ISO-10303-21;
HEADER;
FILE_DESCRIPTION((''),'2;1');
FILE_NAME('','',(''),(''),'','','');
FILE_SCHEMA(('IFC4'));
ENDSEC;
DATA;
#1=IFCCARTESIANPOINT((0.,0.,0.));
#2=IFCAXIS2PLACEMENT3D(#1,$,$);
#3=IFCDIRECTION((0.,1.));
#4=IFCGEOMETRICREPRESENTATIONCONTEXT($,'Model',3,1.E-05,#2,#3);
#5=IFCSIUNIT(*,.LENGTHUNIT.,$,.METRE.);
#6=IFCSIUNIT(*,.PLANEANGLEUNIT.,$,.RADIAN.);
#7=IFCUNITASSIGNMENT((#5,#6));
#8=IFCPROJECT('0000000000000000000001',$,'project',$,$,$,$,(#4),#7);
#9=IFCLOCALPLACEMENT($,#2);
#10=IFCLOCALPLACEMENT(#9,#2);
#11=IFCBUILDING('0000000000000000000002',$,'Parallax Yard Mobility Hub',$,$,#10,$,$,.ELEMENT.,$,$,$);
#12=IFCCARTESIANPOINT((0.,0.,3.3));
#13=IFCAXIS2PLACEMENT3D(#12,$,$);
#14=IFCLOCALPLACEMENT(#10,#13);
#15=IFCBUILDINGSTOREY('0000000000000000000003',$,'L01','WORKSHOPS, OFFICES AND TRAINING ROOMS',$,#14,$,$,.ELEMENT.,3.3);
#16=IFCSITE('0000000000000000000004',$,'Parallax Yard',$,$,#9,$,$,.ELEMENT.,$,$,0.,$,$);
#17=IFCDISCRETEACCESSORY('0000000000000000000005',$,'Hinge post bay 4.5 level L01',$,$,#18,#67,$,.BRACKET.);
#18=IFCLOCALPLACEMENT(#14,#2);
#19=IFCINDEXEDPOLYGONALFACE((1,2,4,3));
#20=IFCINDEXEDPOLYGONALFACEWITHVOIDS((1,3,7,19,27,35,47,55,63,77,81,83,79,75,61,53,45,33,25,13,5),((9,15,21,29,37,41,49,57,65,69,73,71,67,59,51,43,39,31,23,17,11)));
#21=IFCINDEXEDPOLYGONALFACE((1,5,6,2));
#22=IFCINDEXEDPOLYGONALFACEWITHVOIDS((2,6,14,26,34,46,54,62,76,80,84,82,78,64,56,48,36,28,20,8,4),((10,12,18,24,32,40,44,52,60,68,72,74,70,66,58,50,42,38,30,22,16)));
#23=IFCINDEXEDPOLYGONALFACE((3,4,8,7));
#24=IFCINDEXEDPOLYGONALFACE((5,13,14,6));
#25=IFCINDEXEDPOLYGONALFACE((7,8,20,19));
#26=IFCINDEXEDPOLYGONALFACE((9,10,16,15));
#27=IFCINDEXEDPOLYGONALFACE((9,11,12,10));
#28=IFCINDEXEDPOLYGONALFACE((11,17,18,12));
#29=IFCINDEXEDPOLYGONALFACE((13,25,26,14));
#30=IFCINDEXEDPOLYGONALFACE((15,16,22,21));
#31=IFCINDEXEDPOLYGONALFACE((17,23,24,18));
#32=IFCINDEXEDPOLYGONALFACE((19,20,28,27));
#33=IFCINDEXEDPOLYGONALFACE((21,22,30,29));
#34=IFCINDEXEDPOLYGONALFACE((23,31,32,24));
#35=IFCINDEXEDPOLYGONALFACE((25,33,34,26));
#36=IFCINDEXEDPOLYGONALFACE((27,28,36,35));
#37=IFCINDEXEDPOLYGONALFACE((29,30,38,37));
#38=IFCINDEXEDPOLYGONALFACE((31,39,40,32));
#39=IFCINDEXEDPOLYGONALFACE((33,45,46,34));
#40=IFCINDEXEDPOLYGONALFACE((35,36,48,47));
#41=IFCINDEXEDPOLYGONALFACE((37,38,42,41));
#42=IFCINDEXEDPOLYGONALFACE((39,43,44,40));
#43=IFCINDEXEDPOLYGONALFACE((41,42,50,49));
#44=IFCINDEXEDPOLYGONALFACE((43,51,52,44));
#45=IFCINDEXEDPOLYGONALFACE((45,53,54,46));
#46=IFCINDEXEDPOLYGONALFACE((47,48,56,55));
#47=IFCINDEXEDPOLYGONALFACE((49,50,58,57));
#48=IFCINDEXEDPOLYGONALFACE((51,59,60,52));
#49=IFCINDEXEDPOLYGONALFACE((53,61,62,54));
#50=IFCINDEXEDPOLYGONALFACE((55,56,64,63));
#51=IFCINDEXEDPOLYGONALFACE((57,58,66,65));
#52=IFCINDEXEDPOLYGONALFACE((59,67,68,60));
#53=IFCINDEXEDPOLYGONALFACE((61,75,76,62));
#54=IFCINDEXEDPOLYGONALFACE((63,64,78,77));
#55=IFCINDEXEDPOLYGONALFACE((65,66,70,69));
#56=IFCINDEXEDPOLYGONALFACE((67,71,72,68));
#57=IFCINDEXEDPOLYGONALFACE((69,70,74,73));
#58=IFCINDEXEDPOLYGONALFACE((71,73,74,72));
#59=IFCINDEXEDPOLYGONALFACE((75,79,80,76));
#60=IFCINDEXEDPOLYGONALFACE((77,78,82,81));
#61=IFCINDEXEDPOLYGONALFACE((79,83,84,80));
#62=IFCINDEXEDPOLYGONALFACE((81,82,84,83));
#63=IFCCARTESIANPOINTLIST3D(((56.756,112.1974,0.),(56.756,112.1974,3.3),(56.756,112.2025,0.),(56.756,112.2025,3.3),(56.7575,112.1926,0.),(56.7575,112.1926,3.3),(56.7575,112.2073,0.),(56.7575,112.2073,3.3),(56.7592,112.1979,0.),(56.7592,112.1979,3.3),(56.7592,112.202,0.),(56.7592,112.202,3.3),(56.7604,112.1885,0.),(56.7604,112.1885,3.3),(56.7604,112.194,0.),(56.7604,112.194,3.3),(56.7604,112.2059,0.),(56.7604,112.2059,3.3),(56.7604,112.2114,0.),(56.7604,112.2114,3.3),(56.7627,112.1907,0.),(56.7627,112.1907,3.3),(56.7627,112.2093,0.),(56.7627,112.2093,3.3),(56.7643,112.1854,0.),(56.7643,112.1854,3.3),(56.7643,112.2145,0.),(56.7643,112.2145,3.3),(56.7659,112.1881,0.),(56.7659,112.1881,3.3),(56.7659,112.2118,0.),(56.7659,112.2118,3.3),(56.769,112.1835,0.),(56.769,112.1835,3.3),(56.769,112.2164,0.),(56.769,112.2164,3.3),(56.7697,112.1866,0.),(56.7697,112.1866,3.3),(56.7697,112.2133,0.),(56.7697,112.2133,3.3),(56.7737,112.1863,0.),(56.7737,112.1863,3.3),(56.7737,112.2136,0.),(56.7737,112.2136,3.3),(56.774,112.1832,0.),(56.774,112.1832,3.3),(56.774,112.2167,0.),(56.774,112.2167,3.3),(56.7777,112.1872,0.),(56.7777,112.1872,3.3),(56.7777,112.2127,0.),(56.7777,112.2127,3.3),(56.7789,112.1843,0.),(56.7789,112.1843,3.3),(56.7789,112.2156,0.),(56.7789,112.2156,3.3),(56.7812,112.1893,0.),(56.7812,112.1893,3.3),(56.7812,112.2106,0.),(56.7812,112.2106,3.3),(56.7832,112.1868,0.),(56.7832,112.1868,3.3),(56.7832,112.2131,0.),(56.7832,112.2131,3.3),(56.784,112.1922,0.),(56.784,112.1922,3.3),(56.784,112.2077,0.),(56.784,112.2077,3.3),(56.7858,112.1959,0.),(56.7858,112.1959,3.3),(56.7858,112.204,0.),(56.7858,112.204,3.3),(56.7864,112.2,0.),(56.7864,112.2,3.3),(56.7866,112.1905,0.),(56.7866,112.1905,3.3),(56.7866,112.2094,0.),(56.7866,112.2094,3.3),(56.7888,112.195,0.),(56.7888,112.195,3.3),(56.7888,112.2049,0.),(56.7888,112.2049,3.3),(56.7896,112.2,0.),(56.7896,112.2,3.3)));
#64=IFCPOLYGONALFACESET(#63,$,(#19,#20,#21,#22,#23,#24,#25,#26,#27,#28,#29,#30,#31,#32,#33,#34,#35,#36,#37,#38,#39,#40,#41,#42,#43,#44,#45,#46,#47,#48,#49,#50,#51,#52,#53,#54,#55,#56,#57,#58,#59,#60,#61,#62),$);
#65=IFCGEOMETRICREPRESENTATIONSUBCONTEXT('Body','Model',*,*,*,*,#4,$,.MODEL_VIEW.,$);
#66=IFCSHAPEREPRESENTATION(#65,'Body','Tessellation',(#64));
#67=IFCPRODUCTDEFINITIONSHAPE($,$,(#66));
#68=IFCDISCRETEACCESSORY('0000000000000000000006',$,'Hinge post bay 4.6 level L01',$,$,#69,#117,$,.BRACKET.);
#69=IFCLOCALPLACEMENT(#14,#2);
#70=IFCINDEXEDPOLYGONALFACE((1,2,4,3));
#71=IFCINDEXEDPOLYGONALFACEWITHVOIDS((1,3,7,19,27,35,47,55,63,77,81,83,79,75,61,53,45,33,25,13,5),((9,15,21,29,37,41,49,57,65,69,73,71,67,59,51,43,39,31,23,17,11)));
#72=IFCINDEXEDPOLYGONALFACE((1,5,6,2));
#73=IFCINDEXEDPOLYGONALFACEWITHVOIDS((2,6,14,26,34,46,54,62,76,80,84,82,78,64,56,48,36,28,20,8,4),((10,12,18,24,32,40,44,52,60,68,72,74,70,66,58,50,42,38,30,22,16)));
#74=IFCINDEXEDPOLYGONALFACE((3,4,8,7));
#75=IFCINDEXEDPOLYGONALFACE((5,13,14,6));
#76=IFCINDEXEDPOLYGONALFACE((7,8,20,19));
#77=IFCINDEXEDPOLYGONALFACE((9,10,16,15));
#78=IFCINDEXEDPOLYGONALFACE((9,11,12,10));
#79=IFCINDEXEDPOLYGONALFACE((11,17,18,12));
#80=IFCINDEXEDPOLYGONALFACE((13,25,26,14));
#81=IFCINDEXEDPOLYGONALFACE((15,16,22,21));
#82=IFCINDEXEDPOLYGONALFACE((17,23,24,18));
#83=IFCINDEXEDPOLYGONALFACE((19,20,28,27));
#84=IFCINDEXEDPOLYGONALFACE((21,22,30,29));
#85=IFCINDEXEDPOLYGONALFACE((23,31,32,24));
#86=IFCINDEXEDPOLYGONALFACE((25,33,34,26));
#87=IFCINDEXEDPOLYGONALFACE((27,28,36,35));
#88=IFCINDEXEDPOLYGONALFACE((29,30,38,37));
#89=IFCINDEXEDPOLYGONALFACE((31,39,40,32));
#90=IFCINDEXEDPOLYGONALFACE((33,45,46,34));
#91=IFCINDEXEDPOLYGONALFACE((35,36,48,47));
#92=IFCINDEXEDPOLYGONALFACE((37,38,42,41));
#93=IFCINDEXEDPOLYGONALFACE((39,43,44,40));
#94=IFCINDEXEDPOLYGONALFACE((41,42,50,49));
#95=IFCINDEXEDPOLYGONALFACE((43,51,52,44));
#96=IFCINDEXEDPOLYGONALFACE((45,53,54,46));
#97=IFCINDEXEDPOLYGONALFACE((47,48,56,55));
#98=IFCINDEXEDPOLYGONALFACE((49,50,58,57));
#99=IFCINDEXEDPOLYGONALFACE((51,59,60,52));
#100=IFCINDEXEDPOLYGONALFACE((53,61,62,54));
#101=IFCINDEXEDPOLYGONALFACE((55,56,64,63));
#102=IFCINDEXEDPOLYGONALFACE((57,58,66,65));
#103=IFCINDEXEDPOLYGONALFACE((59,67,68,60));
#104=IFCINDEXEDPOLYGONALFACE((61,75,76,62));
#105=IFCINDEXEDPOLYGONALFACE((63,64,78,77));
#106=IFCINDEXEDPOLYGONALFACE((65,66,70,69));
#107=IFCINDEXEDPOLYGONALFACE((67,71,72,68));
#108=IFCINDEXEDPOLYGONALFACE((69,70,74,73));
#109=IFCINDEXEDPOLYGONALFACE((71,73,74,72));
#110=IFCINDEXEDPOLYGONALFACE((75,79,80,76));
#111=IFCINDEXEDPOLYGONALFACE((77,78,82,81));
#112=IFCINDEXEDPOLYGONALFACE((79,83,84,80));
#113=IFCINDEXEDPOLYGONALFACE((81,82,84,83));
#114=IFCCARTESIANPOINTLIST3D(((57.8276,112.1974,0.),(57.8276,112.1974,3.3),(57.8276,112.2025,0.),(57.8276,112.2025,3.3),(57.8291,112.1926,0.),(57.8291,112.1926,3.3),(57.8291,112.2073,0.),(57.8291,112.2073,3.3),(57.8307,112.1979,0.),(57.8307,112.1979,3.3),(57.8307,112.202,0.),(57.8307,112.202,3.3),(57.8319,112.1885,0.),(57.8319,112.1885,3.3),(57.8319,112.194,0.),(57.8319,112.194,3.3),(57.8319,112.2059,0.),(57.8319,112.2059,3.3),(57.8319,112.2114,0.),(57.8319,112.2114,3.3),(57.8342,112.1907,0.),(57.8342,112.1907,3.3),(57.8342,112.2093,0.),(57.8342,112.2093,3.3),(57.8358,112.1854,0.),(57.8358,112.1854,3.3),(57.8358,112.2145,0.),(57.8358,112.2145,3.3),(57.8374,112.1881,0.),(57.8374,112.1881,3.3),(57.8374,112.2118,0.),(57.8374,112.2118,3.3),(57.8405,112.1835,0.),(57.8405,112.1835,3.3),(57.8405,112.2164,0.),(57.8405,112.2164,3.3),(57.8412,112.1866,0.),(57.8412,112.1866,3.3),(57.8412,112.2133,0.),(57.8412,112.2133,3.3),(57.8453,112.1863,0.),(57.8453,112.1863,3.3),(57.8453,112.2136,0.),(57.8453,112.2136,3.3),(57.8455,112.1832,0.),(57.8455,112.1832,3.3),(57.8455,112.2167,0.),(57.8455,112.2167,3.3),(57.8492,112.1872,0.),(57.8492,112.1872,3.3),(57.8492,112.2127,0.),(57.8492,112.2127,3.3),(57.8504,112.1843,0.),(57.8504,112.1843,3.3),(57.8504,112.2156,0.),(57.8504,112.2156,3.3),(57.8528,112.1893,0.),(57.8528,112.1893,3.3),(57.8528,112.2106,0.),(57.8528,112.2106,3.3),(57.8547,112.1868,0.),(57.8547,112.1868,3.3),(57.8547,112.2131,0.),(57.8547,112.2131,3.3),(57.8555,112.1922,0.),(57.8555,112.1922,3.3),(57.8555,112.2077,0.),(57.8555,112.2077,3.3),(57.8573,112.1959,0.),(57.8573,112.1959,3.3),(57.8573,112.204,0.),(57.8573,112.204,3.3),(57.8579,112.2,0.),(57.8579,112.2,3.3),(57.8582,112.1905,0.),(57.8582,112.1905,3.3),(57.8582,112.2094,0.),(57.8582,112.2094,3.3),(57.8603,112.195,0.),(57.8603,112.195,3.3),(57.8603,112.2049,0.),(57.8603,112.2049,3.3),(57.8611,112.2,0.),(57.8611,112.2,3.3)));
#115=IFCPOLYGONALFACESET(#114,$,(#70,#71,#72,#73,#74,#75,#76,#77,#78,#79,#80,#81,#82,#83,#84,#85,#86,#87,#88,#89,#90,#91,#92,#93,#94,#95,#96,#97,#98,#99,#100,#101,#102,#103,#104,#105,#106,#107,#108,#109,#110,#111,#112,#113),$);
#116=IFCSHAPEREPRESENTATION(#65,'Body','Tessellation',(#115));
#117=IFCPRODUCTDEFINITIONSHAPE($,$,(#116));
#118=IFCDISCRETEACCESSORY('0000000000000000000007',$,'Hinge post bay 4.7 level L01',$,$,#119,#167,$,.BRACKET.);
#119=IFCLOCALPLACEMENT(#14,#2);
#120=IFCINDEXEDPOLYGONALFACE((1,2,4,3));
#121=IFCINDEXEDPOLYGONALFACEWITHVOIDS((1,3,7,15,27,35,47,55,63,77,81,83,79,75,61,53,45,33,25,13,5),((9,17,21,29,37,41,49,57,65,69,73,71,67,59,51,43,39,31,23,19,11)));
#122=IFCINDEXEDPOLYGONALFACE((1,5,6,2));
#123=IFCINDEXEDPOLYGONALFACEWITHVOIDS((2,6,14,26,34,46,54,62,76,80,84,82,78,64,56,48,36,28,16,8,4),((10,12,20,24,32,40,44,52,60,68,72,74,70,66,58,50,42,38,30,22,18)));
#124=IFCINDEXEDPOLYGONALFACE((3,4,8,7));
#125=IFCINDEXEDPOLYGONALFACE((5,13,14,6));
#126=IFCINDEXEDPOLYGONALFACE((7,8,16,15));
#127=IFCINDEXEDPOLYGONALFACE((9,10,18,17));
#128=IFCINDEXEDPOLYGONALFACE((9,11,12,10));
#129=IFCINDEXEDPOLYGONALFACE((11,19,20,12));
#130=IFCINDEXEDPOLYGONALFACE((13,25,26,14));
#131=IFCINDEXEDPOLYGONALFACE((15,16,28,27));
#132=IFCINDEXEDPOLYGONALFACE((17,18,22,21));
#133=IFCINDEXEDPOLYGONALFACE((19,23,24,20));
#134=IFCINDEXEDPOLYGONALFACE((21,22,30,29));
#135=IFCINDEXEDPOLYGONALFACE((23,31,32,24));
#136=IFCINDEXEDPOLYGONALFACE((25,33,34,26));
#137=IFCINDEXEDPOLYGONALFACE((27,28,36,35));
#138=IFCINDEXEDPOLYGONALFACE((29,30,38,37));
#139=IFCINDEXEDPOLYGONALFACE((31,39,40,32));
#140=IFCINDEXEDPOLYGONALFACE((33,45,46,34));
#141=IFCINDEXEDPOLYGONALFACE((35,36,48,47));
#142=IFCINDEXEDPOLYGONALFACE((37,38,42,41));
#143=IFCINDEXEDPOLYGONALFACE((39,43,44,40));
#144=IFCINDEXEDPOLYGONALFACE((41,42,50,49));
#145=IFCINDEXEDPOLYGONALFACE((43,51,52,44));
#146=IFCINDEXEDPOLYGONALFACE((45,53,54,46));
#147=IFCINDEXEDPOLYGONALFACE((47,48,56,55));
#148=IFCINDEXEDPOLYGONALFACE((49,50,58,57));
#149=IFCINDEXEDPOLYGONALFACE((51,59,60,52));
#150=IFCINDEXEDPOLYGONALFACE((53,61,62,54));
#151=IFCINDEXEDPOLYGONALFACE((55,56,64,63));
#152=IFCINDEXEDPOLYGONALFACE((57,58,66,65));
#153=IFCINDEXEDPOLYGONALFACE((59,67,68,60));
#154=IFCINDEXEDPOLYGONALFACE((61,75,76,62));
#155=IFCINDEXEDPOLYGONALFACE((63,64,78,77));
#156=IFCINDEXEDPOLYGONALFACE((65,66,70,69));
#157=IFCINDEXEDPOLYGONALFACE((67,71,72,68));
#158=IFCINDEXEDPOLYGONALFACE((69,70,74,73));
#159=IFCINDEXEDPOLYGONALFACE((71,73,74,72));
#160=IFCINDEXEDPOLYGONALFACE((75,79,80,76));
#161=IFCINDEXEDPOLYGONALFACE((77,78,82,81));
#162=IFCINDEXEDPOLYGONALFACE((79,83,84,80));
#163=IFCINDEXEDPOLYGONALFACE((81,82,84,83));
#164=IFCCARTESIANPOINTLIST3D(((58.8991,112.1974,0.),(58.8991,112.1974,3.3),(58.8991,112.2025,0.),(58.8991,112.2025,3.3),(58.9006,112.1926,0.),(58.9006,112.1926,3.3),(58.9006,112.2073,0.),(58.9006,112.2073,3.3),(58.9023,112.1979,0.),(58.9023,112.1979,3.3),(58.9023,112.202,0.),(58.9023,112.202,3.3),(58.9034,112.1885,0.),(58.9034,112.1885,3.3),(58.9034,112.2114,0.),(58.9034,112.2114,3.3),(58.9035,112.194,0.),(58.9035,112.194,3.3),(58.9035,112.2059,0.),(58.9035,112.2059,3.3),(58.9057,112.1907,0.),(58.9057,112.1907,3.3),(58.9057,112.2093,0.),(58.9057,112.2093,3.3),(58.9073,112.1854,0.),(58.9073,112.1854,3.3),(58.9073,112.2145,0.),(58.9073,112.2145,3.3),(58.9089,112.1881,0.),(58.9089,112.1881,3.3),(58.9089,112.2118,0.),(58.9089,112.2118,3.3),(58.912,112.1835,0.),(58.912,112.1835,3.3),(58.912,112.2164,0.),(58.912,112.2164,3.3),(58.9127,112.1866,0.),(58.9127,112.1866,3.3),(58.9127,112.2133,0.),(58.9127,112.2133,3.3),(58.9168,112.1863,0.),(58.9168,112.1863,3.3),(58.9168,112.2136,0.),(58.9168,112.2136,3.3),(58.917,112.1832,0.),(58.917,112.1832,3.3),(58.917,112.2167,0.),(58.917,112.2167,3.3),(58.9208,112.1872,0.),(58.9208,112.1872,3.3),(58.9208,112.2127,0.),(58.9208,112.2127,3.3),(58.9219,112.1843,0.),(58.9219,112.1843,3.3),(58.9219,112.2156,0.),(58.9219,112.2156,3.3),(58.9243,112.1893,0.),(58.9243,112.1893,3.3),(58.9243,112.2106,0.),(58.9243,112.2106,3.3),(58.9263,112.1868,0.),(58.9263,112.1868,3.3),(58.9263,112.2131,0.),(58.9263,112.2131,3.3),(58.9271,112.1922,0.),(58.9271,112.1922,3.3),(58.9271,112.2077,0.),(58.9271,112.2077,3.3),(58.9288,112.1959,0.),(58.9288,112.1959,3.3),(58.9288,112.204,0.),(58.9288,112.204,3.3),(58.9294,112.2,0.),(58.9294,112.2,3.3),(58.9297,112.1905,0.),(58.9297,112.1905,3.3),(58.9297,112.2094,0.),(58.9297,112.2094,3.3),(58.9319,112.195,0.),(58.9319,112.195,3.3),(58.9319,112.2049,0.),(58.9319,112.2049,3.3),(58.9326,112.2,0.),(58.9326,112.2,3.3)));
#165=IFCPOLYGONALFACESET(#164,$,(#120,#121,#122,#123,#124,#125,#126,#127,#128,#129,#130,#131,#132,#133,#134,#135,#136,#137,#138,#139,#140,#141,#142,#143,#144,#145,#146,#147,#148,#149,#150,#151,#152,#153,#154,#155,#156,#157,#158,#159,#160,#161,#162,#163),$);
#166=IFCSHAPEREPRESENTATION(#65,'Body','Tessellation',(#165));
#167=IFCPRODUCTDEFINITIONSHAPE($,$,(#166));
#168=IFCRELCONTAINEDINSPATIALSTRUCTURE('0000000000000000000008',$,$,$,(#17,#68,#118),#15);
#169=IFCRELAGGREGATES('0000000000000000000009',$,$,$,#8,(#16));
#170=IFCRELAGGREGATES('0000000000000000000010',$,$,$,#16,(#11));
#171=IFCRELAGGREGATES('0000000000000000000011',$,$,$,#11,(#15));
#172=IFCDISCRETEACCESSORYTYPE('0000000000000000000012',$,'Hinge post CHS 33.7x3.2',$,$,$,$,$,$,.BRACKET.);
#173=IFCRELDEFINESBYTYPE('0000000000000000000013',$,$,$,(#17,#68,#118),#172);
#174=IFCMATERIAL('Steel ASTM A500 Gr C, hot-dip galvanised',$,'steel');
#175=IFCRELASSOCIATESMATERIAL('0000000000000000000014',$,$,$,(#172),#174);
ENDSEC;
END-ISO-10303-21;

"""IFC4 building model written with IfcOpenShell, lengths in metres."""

from ifc_helpers import new_model, si_unit, direction, frame, origin, origin_2d, place, context, subcontext, project, spatial, hollow_circle, extrude, material, material_profile, profile_set, type_object, element, save


model = new_model("IFC4")

# Units and contexts
model_context = context("Model", 3, precision=1e-05, world=origin(), true_north=direction((0.0, 1.0)))
body_context = subcontext(model_context, "Body", "Model", "MODEL_VIEW")
ifc_project = project(units=[si_unit("LENGTHUNIT", "METRE"), si_unit("PLANEANGLEUNIT", "RADIAN")], contexts=[model_context])

# Site, building, storey
site_placement = place(None, origin())
site = spatial("IfcSite", under=ifc_project, at=site_placement, Name="Parallax Yard", CompositionType="ELEMENT", RefElevation=0.0)
building_placement = place(site_placement, origin())
building = spatial("IfcBuilding", under=site, at=building_placement, Name="Parallax Yard Mobility Hub", CompositionType="ELEMENT")
storey_placement = place(building_placement, frame((0.0, 0.0, 3.3)))
storey = spatial("IfcBuildingStorey", under=building, at=storey_placement, Name="L01", Description="WORKSHOPS, OFFICES AND TRAINING ROOMS", CompositionType="ELEMENT", Elevation=3.3)

# Discrete accessories
ifc_material_1 = material(Name="Steel ASTM A500 Gr C, hot-dip galvanised", Category="steel")
ifc_material_profile_1 = material_profile(ifc_material_1, hollow_circle(Radius=0.0168, WallThickness=0.0032, at=origin_2d()), Name="CHS 33.7x3.2")
ifc_profile_set_1 = profile_set([ifc_material_profile_1], Name="Steel ASTM A500 Gr C, hot-dip galvanised")
discrete_accessory_type_1 = type_object("IfcDiscreteAccessoryType", Name="Hinge post CHS 33.7x3.2", PredefinedType="BRACKET", material=ifc_profile_set_1)
for number, where, z_axis, x_axis, name in (
    (1, (56.7727, 112.2, 0.0), (0.0, 0.0, 1.0), (1.0, 0.0, 0.0), "Hinge post bay 4.5 level L01"),
    (2, (57.8442, 112.2, 0.0), (0.0, 0.0, 1.0), (1.0, 0.0, 0.0), "Hinge post bay 4.6 level L01"),
    (3, (58.9158, 112.2, 0.0), (0.0, 0.0, 1.0), (1.0, 0.0, 0.0), "Hinge post bay 4.7 level L01"),
):
    element("IfcDiscreteAccessory", number, at=place(storey_placement, frame(where, z_axis=z_axis, x_axis=x_axis)), inside=storey, type_object=discrete_accessory_type_1, Name=name, PredefinedType="BRACKET", context=body_context, shape_type="SweptSolid", body=[
        extrude(hollow_circle(Radius=0.0168, WallThickness=0.0032, at=origin_2d()), origin(), (0.0, 0.0, 1.0), 3.3),
    ])

save(model, "model.ifc")
